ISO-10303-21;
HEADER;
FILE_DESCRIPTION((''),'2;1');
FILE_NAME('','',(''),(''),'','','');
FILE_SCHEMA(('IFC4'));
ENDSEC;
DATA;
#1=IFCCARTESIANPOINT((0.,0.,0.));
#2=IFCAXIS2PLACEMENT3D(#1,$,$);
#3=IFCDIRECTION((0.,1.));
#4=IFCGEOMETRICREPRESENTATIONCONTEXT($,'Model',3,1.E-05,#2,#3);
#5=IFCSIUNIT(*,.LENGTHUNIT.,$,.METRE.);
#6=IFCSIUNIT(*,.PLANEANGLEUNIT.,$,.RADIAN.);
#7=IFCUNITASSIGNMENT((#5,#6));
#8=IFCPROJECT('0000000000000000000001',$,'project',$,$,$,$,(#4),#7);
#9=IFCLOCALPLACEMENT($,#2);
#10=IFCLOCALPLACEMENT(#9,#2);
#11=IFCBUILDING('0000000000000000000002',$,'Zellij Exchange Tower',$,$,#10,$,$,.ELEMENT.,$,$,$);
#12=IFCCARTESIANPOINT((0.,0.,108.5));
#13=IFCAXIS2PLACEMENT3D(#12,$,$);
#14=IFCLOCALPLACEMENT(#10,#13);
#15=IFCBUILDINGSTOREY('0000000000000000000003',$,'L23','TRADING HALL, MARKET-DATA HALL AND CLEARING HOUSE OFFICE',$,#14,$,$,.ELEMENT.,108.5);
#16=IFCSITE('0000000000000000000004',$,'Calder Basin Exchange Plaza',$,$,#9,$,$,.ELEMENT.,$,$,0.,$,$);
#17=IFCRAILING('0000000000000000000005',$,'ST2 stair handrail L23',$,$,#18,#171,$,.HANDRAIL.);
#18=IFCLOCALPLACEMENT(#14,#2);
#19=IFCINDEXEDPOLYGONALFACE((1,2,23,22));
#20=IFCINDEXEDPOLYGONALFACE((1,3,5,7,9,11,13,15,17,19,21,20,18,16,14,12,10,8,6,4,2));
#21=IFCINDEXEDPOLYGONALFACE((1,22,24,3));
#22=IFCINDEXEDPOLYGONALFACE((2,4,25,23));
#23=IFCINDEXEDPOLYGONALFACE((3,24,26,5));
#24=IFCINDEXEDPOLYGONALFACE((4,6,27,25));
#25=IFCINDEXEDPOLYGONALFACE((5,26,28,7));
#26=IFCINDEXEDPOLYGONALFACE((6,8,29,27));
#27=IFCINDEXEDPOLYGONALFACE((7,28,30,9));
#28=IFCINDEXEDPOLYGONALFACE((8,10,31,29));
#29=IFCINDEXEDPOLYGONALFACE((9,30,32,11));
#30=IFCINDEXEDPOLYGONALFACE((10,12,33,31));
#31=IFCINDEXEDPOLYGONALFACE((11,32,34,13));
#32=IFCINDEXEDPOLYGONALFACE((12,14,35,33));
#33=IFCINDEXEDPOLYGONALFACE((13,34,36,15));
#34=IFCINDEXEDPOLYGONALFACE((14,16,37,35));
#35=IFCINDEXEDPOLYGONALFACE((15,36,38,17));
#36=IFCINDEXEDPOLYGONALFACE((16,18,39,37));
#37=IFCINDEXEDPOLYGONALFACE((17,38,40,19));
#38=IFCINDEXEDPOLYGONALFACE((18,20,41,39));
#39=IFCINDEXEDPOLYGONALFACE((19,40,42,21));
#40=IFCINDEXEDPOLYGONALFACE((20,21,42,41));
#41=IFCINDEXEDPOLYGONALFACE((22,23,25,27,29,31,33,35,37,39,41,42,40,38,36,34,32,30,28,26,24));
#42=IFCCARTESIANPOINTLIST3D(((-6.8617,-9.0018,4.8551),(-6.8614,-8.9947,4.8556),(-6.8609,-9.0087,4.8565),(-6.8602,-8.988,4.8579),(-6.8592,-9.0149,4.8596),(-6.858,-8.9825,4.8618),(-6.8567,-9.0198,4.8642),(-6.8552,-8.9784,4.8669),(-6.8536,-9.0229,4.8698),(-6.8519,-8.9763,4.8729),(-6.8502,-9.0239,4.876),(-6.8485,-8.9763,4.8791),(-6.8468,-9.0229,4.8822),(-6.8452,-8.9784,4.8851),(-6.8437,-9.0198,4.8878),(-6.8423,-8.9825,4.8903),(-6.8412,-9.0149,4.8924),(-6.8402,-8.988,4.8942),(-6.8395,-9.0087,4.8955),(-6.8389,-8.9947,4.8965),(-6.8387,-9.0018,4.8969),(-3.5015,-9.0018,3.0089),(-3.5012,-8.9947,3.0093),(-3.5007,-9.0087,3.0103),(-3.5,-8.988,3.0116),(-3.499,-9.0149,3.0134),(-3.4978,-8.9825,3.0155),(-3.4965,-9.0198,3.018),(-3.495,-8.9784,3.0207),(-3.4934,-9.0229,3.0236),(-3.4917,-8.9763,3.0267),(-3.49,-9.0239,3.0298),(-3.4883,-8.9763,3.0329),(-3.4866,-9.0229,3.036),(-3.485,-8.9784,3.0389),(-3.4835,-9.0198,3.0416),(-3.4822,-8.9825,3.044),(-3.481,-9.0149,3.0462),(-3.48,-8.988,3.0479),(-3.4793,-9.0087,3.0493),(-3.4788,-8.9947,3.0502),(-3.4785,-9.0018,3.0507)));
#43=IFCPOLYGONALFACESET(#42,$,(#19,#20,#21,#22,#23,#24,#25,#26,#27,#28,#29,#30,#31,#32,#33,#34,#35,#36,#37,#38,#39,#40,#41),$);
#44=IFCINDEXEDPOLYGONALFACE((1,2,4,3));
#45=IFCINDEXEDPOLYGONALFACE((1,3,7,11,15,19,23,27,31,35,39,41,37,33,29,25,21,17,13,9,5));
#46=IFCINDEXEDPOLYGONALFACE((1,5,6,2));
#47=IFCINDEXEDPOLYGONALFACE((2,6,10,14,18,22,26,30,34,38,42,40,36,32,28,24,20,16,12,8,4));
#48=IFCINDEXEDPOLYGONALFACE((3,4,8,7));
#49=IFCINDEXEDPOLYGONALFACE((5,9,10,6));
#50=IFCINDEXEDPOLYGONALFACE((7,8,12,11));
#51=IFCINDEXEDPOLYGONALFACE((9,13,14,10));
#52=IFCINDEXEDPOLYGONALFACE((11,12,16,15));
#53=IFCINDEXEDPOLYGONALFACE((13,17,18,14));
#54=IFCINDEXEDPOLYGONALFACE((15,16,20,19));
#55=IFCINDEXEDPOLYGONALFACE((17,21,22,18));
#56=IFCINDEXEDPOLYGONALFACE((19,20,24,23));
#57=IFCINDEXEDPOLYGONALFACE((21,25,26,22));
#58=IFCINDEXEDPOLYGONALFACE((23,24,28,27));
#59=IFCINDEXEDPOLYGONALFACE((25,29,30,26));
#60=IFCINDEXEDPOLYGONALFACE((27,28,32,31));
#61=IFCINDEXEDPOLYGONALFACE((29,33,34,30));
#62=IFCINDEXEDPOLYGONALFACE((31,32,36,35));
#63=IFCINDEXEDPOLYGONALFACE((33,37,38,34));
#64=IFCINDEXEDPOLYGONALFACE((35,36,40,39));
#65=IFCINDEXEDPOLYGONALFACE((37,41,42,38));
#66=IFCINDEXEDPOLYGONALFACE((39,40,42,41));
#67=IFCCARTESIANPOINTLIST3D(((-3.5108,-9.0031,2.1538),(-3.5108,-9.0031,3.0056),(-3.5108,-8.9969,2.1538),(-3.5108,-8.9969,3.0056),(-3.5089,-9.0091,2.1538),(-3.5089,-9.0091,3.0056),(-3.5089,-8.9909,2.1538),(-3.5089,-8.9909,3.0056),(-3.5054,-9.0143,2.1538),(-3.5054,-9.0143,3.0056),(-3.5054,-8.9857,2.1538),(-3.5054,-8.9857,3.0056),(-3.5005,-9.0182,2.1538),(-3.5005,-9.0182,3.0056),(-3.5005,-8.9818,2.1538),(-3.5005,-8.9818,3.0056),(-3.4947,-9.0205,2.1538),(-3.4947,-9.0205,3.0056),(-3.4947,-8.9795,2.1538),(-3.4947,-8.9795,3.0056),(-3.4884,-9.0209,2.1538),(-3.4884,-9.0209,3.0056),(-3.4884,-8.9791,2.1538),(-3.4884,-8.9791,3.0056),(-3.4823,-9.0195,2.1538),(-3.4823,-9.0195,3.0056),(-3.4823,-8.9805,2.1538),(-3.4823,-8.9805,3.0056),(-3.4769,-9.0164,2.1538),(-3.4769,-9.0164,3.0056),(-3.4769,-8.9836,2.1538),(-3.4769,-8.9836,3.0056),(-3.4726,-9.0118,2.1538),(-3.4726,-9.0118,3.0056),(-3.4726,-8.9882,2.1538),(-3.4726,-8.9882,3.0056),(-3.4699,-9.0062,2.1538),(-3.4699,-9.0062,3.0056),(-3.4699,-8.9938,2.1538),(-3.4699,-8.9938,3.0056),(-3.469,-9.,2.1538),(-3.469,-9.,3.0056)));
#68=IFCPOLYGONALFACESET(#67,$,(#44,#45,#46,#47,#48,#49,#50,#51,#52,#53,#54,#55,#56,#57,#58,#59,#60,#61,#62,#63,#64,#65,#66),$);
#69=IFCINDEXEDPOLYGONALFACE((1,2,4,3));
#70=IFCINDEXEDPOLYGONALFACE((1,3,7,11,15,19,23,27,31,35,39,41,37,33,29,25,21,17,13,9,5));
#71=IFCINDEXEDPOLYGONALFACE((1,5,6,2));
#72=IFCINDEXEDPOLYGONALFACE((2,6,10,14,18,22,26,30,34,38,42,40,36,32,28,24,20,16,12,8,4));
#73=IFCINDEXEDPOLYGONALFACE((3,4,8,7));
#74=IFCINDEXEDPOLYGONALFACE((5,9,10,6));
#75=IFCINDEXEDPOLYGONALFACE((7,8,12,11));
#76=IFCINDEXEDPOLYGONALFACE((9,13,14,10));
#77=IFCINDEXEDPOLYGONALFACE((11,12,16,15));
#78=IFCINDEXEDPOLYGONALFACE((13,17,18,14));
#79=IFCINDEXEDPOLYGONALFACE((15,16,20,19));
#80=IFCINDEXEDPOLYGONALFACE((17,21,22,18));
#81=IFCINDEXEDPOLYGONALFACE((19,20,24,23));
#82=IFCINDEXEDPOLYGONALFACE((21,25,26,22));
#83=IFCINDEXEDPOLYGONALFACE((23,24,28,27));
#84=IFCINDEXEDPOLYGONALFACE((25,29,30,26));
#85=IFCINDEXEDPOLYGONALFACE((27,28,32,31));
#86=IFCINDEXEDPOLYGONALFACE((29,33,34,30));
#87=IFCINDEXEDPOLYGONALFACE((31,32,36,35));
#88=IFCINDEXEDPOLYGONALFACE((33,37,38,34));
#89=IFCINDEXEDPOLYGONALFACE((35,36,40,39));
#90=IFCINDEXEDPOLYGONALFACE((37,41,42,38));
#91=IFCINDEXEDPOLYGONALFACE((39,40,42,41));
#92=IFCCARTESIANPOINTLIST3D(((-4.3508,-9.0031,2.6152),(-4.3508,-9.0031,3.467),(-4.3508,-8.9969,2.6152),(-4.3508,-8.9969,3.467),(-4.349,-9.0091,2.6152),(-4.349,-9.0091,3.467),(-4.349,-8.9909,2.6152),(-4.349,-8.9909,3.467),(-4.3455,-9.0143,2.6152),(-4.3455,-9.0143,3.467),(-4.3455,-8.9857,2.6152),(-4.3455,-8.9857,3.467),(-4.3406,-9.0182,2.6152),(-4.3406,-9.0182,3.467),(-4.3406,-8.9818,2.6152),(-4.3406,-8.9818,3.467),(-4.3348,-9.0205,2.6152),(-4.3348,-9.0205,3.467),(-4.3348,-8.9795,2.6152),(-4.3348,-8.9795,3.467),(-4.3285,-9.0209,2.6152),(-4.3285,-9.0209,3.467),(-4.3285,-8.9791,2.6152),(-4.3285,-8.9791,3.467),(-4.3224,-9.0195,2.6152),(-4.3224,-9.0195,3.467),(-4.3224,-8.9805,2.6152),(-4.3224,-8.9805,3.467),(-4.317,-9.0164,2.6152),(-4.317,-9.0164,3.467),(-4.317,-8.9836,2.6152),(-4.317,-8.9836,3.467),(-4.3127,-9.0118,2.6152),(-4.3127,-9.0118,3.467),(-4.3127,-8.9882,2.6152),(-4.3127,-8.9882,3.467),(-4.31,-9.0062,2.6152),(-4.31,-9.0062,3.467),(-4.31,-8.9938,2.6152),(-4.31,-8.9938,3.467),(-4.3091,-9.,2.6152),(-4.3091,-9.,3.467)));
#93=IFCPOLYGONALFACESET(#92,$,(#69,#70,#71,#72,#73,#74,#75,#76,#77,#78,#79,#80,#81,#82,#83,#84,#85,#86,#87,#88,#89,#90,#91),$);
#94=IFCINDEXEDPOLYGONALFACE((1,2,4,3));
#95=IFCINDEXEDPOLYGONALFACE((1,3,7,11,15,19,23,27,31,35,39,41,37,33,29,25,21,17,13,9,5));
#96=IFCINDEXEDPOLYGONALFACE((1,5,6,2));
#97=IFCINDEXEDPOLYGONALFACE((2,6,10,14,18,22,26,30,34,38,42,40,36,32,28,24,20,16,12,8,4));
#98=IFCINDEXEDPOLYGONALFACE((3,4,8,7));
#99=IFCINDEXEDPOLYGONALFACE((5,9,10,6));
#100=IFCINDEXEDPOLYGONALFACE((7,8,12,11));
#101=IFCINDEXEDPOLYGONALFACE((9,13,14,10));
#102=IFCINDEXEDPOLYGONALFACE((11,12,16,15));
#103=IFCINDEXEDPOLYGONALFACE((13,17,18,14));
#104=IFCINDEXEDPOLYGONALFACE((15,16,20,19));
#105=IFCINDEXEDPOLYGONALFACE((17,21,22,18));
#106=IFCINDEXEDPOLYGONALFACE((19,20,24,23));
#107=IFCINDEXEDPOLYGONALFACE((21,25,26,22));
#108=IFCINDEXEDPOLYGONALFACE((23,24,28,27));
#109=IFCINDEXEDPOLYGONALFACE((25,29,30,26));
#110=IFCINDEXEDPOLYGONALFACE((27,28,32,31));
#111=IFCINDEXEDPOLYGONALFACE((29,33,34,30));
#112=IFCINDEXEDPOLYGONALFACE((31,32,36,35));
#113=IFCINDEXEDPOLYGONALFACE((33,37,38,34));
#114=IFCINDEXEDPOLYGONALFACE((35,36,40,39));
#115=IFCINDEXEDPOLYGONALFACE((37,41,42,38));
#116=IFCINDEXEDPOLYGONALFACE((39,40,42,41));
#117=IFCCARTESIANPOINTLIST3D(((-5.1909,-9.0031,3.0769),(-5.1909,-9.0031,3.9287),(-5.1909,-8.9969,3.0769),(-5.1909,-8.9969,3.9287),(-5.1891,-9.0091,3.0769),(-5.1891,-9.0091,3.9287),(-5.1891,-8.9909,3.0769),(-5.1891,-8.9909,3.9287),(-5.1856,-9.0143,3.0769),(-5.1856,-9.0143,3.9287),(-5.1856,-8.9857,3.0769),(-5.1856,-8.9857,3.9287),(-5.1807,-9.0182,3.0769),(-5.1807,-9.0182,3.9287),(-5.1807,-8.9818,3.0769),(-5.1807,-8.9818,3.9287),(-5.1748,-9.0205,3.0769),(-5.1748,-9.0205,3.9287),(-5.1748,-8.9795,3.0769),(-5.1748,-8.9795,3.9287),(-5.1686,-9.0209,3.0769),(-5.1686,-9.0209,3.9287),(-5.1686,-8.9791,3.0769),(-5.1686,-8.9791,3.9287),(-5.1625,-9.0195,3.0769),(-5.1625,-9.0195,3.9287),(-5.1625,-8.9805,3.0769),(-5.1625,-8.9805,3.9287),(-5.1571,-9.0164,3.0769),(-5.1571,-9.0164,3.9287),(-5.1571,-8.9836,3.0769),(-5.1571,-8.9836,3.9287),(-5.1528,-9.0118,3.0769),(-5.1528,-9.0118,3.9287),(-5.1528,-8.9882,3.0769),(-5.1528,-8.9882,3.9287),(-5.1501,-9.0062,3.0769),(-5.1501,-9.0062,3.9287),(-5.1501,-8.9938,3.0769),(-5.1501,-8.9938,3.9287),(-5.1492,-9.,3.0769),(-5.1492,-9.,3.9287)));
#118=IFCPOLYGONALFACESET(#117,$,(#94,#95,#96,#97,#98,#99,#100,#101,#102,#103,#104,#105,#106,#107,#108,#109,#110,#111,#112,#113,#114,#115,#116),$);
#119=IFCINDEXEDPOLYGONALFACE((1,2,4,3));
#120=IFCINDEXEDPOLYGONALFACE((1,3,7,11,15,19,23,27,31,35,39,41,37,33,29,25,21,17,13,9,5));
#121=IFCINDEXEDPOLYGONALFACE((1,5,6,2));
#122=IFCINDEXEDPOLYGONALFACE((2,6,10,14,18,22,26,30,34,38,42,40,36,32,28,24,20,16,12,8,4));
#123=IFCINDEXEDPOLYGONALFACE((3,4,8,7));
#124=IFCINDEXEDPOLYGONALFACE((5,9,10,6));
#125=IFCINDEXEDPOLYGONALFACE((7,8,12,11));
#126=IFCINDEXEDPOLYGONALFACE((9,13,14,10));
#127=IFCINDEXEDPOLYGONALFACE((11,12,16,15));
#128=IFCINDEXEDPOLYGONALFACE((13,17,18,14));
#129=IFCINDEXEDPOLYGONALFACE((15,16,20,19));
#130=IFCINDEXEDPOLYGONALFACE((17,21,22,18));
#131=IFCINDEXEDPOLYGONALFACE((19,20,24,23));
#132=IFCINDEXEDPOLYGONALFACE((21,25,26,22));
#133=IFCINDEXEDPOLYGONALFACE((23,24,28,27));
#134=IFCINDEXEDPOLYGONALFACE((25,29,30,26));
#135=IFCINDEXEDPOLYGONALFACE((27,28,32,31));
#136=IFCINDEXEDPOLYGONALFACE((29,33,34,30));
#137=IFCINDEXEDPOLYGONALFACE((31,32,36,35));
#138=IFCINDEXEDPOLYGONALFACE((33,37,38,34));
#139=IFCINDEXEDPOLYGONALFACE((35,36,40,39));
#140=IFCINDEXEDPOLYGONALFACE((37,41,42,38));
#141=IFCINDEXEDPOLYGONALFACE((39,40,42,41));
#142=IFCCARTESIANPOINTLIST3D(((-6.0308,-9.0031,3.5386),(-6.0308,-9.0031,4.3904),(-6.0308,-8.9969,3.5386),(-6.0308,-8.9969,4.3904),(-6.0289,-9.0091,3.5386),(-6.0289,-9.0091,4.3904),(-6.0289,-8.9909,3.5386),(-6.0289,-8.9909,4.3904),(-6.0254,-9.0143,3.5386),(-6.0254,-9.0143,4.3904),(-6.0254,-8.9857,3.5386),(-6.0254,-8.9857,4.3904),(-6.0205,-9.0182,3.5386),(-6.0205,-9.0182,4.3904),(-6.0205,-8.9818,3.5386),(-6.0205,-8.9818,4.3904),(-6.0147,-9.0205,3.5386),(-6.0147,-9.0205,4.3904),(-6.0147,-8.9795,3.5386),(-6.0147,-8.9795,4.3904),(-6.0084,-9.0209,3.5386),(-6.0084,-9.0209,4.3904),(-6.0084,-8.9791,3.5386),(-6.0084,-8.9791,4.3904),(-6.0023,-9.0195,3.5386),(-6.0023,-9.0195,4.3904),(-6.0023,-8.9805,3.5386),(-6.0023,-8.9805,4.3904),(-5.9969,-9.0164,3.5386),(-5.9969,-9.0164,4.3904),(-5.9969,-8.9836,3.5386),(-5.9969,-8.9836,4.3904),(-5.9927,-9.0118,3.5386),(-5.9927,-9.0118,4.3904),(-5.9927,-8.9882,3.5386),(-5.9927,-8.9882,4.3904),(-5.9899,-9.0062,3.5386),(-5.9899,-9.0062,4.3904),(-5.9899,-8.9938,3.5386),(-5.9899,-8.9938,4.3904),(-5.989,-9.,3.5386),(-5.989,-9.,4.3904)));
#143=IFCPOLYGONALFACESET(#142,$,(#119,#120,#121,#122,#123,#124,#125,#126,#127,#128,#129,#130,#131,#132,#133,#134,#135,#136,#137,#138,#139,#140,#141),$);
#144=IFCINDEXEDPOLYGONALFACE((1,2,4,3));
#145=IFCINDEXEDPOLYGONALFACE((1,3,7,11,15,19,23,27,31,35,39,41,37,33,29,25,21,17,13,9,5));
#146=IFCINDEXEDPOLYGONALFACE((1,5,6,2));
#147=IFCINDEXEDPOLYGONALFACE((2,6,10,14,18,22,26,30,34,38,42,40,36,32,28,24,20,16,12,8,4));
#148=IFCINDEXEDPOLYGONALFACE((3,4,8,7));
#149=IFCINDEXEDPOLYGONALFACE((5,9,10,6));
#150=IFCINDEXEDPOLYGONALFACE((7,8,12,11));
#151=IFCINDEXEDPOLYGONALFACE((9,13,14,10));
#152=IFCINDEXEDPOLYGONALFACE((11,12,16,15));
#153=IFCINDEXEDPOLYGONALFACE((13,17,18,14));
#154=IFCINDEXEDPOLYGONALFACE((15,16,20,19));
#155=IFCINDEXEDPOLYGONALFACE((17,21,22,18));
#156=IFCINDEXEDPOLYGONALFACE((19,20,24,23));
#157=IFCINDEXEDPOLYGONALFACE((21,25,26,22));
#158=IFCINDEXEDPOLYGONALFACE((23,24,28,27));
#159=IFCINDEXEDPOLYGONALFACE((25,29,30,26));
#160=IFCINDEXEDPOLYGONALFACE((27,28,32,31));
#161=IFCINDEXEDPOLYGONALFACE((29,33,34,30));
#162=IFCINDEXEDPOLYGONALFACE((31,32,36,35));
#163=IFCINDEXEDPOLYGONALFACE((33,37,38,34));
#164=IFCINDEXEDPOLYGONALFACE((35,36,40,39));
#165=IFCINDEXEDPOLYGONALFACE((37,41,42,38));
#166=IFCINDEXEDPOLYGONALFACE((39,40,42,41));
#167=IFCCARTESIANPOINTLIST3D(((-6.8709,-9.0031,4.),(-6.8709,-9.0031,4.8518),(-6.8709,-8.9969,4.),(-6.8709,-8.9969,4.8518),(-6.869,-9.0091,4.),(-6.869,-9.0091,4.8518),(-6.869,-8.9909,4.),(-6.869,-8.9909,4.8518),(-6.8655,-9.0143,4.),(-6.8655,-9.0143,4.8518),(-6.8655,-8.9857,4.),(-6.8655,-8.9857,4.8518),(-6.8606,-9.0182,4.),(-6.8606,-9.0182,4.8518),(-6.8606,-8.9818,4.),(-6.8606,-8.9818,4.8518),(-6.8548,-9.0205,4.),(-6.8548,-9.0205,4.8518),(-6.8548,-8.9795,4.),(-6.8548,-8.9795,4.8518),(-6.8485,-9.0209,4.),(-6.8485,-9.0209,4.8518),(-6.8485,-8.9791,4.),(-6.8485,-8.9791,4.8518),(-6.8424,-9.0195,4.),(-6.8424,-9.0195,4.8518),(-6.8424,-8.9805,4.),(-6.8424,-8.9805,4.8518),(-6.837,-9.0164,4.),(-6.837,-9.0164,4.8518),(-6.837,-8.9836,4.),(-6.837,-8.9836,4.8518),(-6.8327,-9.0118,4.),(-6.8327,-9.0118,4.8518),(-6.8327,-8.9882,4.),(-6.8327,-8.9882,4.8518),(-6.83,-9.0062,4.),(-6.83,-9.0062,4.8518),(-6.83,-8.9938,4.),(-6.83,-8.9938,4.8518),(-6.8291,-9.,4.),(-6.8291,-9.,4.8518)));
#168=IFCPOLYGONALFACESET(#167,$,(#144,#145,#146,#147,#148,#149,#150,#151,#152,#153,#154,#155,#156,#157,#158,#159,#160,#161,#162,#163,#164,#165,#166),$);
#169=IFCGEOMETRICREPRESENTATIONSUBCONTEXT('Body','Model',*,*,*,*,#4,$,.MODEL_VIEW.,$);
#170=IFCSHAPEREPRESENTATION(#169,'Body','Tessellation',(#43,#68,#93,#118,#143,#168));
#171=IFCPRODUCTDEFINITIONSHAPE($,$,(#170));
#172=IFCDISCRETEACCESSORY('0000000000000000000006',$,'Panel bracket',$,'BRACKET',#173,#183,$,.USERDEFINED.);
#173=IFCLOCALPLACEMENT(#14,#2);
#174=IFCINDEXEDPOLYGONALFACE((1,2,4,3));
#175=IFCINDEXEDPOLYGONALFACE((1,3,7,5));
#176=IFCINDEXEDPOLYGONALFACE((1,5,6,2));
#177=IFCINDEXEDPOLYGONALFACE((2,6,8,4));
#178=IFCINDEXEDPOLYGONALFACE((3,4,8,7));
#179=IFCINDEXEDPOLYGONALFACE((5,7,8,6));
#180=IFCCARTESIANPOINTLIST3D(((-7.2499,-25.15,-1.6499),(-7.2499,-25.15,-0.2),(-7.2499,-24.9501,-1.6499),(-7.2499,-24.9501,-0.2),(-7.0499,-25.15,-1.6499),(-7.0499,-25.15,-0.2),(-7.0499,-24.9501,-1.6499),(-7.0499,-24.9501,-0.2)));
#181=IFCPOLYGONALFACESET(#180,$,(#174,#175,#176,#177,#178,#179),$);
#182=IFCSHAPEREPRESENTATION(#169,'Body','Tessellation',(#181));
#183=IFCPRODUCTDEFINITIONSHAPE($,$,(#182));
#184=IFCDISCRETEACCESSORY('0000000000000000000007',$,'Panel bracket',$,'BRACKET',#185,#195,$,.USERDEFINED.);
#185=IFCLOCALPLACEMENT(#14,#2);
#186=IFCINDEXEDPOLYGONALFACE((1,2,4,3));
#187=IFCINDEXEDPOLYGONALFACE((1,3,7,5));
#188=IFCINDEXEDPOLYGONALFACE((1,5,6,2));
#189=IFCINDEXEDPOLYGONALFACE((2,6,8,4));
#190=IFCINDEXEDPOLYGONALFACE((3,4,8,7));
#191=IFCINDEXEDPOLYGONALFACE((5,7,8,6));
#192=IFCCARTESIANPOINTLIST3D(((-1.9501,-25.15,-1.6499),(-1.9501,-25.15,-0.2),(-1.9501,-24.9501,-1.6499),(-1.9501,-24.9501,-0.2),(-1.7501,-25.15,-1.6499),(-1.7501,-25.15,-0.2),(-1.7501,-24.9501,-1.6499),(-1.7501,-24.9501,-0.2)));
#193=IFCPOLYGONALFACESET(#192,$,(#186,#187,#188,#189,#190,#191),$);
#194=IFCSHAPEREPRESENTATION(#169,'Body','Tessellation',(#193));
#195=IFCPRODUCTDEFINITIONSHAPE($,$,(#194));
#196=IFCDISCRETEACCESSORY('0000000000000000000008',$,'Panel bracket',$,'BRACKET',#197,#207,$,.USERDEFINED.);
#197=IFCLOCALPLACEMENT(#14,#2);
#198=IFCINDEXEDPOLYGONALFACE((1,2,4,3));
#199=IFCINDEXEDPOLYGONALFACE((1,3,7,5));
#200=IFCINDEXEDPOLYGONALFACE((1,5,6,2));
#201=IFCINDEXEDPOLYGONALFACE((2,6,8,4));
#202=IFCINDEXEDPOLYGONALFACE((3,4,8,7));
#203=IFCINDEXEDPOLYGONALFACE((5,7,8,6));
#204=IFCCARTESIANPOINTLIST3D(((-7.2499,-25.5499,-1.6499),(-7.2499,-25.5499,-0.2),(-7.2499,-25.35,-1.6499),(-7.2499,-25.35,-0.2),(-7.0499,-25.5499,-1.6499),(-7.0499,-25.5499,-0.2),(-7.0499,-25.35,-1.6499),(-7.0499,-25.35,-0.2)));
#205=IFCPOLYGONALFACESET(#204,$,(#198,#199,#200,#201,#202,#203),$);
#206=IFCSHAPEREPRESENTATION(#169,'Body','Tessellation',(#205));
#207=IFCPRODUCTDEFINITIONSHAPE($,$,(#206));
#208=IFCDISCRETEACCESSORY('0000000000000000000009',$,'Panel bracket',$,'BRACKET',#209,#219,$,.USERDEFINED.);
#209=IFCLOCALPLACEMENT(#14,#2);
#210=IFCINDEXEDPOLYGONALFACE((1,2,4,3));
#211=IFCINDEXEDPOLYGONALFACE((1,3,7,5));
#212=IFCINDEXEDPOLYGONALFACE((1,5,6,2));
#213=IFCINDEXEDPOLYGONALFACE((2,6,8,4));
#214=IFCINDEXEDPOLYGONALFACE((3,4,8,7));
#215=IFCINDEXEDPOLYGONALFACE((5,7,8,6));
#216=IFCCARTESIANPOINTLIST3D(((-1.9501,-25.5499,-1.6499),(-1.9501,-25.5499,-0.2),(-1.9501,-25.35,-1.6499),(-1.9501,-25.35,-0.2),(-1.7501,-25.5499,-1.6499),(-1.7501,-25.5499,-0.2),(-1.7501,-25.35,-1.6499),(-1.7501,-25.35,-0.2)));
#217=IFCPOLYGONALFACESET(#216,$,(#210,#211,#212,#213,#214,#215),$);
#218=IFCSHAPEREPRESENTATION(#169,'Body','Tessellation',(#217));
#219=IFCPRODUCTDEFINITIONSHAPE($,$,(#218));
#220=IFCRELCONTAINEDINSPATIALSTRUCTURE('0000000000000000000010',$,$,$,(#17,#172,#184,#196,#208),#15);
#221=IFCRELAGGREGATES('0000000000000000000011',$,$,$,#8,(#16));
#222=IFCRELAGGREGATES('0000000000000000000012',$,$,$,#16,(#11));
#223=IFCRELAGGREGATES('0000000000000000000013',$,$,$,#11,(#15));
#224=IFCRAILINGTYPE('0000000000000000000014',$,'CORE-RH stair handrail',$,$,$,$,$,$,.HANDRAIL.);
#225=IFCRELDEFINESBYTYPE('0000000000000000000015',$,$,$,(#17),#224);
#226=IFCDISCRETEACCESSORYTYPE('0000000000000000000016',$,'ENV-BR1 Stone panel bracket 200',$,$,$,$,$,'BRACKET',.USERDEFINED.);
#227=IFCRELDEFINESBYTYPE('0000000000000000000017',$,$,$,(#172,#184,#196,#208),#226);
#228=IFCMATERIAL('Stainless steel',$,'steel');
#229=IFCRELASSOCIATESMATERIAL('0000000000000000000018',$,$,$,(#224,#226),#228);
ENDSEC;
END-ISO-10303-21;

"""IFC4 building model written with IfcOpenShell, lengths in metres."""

from ifc_helpers import new_model, si_unit, direction, frame, origin, origin_2d, place, context, subcontext, project, spatial, rectangle, circle, extrude, material, type_object, element, save


model = new_model("IFC4")

# Units and contexts
model_context = context("Model", 3, precision=1e-05, world=origin(), true_north=direction((0.0, 1.0)))
body_context = subcontext(model_context, "Body", "Model", "MODEL_VIEW")
ifc_project = project(units=[si_unit("LENGTHUNIT", "METRE"), si_unit("PLANEANGLEUNIT", "RADIAN")], contexts=[model_context])

# Site, building, storey
site_placement = place(None, origin())
site = spatial("IfcSite", under=ifc_project, at=site_placement, Name="Calder Basin Exchange Plaza", CompositionType="ELEMENT", RefElevation=0.0)
building_placement = place(site_placement, origin())
building = spatial("IfcBuilding", under=site, at=building_placement, Name="Zellij Exchange Tower", CompositionType="ELEMENT")
storey_placement = place(building_placement, frame((0.0, 0.0, 108.5)))
storey = spatial("IfcBuildingStorey", under=building, at=storey_placement, Name="L23", Description="TRADING HALL, MARKET-DATA HALL AND CLEARING HOUSE OFFICE", CompositionType="ELEMENT", Elevation=108.5)

# Railing
ifc_material_1 = material(Name="Stainless steel", Category="steel")
railing_type_1 = type_object("IfcRailingType", Name="CORE-RH stair handrail", PredefinedType="HANDRAIL", material=ifc_material_1)
railing_1_placement = place(storey_placement, frame((-3.49, -9.0, 2.1538)))
element("IfcRailing", 1, at=railing_1_placement, inside=storey, type_object=railing_type_1, Name="ST2 stair handrail L23", PredefinedType="HANDRAIL", context=body_context, shape_type="SweptSolid", body=[
    extrude(circle(Radius=0.0239, at=origin_2d()), frame((0.0, 0.0, 0.876), z_axis=(-0.876422, 0.0, 0.481545), x_axis=(0.0, -1.0, 0.0)), (0.0, 0.0, 1.0), 3.834),
    extrude(circle(Radius=0.021, at=origin_2d()), origin(), (0.0, 0.0, 1.0), 0.8518),
    extrude(circle(Radius=0.021, at=origin_2d()), frame((-0.8401, 0.0, 0.4614)), (0.0, 0.0, 1.0), 0.8518),
    extrude(circle(Radius=0.021, at=origin_2d()), frame((-1.6802, 0.0, 0.9231)), (0.0, 0.0, 1.0), 0.8518),
    extrude(circle(Radius=0.021, at=origin_2d()), frame((-2.52, 0.0, 1.3848)), (0.0, 0.0, 1.0), 0.8518),
    extrude(circle(Radius=0.021, at=origin_2d()), frame((-3.3601, 0.0, 1.8462)), (0.0, 0.0, 1.0), 0.8518),
])

# Discrete accessories
discrete_accessory_type = type_object("IfcDiscreteAccessoryType", Name="ENV-BR1 Stone panel bracket 200", ElementType="BRACKET", PredefinedType="USERDEFINED", material=ifc_material_1)
for number, where, z_axis, x_axis, name in (
    (2, (-7.1499, -25.05, -1.6499), (0.0, 0.0, 1.0), (1.0, 0.0, 0.0), "Panel bracket"),
    (3, (-1.8501, -25.05, -1.6499), (0.0, 0.0, 1.0), (1.0, 0.0, 0.0), "Panel bracket"),
    (4, (-7.1499, -25.45, -1.6499), (0.0, 0.0, 1.0), (1.0, 0.0, 0.0), "Panel bracket"),
    (5, (-1.8501, -25.45, -1.6499), (0.0, 0.0, 1.0), (1.0, 0.0, 0.0), "Panel bracket"),
):
    element("IfcDiscreteAccessory", number, at=place(storey_placement, frame(where, z_axis=z_axis, x_axis=x_axis)), inside=storey, type_object=discrete_accessory_type, Name=name, ObjectType="BRACKET", PredefinedType="USERDEFINED", context=body_context, shape_type="SweptSolid", body=[
        extrude(rectangle(XDim=0.2, YDim=0.2, at=origin_2d()), origin(), (0.0, 0.0, 1.0), 1.45),
    ])

save(model, "model.ifc")
